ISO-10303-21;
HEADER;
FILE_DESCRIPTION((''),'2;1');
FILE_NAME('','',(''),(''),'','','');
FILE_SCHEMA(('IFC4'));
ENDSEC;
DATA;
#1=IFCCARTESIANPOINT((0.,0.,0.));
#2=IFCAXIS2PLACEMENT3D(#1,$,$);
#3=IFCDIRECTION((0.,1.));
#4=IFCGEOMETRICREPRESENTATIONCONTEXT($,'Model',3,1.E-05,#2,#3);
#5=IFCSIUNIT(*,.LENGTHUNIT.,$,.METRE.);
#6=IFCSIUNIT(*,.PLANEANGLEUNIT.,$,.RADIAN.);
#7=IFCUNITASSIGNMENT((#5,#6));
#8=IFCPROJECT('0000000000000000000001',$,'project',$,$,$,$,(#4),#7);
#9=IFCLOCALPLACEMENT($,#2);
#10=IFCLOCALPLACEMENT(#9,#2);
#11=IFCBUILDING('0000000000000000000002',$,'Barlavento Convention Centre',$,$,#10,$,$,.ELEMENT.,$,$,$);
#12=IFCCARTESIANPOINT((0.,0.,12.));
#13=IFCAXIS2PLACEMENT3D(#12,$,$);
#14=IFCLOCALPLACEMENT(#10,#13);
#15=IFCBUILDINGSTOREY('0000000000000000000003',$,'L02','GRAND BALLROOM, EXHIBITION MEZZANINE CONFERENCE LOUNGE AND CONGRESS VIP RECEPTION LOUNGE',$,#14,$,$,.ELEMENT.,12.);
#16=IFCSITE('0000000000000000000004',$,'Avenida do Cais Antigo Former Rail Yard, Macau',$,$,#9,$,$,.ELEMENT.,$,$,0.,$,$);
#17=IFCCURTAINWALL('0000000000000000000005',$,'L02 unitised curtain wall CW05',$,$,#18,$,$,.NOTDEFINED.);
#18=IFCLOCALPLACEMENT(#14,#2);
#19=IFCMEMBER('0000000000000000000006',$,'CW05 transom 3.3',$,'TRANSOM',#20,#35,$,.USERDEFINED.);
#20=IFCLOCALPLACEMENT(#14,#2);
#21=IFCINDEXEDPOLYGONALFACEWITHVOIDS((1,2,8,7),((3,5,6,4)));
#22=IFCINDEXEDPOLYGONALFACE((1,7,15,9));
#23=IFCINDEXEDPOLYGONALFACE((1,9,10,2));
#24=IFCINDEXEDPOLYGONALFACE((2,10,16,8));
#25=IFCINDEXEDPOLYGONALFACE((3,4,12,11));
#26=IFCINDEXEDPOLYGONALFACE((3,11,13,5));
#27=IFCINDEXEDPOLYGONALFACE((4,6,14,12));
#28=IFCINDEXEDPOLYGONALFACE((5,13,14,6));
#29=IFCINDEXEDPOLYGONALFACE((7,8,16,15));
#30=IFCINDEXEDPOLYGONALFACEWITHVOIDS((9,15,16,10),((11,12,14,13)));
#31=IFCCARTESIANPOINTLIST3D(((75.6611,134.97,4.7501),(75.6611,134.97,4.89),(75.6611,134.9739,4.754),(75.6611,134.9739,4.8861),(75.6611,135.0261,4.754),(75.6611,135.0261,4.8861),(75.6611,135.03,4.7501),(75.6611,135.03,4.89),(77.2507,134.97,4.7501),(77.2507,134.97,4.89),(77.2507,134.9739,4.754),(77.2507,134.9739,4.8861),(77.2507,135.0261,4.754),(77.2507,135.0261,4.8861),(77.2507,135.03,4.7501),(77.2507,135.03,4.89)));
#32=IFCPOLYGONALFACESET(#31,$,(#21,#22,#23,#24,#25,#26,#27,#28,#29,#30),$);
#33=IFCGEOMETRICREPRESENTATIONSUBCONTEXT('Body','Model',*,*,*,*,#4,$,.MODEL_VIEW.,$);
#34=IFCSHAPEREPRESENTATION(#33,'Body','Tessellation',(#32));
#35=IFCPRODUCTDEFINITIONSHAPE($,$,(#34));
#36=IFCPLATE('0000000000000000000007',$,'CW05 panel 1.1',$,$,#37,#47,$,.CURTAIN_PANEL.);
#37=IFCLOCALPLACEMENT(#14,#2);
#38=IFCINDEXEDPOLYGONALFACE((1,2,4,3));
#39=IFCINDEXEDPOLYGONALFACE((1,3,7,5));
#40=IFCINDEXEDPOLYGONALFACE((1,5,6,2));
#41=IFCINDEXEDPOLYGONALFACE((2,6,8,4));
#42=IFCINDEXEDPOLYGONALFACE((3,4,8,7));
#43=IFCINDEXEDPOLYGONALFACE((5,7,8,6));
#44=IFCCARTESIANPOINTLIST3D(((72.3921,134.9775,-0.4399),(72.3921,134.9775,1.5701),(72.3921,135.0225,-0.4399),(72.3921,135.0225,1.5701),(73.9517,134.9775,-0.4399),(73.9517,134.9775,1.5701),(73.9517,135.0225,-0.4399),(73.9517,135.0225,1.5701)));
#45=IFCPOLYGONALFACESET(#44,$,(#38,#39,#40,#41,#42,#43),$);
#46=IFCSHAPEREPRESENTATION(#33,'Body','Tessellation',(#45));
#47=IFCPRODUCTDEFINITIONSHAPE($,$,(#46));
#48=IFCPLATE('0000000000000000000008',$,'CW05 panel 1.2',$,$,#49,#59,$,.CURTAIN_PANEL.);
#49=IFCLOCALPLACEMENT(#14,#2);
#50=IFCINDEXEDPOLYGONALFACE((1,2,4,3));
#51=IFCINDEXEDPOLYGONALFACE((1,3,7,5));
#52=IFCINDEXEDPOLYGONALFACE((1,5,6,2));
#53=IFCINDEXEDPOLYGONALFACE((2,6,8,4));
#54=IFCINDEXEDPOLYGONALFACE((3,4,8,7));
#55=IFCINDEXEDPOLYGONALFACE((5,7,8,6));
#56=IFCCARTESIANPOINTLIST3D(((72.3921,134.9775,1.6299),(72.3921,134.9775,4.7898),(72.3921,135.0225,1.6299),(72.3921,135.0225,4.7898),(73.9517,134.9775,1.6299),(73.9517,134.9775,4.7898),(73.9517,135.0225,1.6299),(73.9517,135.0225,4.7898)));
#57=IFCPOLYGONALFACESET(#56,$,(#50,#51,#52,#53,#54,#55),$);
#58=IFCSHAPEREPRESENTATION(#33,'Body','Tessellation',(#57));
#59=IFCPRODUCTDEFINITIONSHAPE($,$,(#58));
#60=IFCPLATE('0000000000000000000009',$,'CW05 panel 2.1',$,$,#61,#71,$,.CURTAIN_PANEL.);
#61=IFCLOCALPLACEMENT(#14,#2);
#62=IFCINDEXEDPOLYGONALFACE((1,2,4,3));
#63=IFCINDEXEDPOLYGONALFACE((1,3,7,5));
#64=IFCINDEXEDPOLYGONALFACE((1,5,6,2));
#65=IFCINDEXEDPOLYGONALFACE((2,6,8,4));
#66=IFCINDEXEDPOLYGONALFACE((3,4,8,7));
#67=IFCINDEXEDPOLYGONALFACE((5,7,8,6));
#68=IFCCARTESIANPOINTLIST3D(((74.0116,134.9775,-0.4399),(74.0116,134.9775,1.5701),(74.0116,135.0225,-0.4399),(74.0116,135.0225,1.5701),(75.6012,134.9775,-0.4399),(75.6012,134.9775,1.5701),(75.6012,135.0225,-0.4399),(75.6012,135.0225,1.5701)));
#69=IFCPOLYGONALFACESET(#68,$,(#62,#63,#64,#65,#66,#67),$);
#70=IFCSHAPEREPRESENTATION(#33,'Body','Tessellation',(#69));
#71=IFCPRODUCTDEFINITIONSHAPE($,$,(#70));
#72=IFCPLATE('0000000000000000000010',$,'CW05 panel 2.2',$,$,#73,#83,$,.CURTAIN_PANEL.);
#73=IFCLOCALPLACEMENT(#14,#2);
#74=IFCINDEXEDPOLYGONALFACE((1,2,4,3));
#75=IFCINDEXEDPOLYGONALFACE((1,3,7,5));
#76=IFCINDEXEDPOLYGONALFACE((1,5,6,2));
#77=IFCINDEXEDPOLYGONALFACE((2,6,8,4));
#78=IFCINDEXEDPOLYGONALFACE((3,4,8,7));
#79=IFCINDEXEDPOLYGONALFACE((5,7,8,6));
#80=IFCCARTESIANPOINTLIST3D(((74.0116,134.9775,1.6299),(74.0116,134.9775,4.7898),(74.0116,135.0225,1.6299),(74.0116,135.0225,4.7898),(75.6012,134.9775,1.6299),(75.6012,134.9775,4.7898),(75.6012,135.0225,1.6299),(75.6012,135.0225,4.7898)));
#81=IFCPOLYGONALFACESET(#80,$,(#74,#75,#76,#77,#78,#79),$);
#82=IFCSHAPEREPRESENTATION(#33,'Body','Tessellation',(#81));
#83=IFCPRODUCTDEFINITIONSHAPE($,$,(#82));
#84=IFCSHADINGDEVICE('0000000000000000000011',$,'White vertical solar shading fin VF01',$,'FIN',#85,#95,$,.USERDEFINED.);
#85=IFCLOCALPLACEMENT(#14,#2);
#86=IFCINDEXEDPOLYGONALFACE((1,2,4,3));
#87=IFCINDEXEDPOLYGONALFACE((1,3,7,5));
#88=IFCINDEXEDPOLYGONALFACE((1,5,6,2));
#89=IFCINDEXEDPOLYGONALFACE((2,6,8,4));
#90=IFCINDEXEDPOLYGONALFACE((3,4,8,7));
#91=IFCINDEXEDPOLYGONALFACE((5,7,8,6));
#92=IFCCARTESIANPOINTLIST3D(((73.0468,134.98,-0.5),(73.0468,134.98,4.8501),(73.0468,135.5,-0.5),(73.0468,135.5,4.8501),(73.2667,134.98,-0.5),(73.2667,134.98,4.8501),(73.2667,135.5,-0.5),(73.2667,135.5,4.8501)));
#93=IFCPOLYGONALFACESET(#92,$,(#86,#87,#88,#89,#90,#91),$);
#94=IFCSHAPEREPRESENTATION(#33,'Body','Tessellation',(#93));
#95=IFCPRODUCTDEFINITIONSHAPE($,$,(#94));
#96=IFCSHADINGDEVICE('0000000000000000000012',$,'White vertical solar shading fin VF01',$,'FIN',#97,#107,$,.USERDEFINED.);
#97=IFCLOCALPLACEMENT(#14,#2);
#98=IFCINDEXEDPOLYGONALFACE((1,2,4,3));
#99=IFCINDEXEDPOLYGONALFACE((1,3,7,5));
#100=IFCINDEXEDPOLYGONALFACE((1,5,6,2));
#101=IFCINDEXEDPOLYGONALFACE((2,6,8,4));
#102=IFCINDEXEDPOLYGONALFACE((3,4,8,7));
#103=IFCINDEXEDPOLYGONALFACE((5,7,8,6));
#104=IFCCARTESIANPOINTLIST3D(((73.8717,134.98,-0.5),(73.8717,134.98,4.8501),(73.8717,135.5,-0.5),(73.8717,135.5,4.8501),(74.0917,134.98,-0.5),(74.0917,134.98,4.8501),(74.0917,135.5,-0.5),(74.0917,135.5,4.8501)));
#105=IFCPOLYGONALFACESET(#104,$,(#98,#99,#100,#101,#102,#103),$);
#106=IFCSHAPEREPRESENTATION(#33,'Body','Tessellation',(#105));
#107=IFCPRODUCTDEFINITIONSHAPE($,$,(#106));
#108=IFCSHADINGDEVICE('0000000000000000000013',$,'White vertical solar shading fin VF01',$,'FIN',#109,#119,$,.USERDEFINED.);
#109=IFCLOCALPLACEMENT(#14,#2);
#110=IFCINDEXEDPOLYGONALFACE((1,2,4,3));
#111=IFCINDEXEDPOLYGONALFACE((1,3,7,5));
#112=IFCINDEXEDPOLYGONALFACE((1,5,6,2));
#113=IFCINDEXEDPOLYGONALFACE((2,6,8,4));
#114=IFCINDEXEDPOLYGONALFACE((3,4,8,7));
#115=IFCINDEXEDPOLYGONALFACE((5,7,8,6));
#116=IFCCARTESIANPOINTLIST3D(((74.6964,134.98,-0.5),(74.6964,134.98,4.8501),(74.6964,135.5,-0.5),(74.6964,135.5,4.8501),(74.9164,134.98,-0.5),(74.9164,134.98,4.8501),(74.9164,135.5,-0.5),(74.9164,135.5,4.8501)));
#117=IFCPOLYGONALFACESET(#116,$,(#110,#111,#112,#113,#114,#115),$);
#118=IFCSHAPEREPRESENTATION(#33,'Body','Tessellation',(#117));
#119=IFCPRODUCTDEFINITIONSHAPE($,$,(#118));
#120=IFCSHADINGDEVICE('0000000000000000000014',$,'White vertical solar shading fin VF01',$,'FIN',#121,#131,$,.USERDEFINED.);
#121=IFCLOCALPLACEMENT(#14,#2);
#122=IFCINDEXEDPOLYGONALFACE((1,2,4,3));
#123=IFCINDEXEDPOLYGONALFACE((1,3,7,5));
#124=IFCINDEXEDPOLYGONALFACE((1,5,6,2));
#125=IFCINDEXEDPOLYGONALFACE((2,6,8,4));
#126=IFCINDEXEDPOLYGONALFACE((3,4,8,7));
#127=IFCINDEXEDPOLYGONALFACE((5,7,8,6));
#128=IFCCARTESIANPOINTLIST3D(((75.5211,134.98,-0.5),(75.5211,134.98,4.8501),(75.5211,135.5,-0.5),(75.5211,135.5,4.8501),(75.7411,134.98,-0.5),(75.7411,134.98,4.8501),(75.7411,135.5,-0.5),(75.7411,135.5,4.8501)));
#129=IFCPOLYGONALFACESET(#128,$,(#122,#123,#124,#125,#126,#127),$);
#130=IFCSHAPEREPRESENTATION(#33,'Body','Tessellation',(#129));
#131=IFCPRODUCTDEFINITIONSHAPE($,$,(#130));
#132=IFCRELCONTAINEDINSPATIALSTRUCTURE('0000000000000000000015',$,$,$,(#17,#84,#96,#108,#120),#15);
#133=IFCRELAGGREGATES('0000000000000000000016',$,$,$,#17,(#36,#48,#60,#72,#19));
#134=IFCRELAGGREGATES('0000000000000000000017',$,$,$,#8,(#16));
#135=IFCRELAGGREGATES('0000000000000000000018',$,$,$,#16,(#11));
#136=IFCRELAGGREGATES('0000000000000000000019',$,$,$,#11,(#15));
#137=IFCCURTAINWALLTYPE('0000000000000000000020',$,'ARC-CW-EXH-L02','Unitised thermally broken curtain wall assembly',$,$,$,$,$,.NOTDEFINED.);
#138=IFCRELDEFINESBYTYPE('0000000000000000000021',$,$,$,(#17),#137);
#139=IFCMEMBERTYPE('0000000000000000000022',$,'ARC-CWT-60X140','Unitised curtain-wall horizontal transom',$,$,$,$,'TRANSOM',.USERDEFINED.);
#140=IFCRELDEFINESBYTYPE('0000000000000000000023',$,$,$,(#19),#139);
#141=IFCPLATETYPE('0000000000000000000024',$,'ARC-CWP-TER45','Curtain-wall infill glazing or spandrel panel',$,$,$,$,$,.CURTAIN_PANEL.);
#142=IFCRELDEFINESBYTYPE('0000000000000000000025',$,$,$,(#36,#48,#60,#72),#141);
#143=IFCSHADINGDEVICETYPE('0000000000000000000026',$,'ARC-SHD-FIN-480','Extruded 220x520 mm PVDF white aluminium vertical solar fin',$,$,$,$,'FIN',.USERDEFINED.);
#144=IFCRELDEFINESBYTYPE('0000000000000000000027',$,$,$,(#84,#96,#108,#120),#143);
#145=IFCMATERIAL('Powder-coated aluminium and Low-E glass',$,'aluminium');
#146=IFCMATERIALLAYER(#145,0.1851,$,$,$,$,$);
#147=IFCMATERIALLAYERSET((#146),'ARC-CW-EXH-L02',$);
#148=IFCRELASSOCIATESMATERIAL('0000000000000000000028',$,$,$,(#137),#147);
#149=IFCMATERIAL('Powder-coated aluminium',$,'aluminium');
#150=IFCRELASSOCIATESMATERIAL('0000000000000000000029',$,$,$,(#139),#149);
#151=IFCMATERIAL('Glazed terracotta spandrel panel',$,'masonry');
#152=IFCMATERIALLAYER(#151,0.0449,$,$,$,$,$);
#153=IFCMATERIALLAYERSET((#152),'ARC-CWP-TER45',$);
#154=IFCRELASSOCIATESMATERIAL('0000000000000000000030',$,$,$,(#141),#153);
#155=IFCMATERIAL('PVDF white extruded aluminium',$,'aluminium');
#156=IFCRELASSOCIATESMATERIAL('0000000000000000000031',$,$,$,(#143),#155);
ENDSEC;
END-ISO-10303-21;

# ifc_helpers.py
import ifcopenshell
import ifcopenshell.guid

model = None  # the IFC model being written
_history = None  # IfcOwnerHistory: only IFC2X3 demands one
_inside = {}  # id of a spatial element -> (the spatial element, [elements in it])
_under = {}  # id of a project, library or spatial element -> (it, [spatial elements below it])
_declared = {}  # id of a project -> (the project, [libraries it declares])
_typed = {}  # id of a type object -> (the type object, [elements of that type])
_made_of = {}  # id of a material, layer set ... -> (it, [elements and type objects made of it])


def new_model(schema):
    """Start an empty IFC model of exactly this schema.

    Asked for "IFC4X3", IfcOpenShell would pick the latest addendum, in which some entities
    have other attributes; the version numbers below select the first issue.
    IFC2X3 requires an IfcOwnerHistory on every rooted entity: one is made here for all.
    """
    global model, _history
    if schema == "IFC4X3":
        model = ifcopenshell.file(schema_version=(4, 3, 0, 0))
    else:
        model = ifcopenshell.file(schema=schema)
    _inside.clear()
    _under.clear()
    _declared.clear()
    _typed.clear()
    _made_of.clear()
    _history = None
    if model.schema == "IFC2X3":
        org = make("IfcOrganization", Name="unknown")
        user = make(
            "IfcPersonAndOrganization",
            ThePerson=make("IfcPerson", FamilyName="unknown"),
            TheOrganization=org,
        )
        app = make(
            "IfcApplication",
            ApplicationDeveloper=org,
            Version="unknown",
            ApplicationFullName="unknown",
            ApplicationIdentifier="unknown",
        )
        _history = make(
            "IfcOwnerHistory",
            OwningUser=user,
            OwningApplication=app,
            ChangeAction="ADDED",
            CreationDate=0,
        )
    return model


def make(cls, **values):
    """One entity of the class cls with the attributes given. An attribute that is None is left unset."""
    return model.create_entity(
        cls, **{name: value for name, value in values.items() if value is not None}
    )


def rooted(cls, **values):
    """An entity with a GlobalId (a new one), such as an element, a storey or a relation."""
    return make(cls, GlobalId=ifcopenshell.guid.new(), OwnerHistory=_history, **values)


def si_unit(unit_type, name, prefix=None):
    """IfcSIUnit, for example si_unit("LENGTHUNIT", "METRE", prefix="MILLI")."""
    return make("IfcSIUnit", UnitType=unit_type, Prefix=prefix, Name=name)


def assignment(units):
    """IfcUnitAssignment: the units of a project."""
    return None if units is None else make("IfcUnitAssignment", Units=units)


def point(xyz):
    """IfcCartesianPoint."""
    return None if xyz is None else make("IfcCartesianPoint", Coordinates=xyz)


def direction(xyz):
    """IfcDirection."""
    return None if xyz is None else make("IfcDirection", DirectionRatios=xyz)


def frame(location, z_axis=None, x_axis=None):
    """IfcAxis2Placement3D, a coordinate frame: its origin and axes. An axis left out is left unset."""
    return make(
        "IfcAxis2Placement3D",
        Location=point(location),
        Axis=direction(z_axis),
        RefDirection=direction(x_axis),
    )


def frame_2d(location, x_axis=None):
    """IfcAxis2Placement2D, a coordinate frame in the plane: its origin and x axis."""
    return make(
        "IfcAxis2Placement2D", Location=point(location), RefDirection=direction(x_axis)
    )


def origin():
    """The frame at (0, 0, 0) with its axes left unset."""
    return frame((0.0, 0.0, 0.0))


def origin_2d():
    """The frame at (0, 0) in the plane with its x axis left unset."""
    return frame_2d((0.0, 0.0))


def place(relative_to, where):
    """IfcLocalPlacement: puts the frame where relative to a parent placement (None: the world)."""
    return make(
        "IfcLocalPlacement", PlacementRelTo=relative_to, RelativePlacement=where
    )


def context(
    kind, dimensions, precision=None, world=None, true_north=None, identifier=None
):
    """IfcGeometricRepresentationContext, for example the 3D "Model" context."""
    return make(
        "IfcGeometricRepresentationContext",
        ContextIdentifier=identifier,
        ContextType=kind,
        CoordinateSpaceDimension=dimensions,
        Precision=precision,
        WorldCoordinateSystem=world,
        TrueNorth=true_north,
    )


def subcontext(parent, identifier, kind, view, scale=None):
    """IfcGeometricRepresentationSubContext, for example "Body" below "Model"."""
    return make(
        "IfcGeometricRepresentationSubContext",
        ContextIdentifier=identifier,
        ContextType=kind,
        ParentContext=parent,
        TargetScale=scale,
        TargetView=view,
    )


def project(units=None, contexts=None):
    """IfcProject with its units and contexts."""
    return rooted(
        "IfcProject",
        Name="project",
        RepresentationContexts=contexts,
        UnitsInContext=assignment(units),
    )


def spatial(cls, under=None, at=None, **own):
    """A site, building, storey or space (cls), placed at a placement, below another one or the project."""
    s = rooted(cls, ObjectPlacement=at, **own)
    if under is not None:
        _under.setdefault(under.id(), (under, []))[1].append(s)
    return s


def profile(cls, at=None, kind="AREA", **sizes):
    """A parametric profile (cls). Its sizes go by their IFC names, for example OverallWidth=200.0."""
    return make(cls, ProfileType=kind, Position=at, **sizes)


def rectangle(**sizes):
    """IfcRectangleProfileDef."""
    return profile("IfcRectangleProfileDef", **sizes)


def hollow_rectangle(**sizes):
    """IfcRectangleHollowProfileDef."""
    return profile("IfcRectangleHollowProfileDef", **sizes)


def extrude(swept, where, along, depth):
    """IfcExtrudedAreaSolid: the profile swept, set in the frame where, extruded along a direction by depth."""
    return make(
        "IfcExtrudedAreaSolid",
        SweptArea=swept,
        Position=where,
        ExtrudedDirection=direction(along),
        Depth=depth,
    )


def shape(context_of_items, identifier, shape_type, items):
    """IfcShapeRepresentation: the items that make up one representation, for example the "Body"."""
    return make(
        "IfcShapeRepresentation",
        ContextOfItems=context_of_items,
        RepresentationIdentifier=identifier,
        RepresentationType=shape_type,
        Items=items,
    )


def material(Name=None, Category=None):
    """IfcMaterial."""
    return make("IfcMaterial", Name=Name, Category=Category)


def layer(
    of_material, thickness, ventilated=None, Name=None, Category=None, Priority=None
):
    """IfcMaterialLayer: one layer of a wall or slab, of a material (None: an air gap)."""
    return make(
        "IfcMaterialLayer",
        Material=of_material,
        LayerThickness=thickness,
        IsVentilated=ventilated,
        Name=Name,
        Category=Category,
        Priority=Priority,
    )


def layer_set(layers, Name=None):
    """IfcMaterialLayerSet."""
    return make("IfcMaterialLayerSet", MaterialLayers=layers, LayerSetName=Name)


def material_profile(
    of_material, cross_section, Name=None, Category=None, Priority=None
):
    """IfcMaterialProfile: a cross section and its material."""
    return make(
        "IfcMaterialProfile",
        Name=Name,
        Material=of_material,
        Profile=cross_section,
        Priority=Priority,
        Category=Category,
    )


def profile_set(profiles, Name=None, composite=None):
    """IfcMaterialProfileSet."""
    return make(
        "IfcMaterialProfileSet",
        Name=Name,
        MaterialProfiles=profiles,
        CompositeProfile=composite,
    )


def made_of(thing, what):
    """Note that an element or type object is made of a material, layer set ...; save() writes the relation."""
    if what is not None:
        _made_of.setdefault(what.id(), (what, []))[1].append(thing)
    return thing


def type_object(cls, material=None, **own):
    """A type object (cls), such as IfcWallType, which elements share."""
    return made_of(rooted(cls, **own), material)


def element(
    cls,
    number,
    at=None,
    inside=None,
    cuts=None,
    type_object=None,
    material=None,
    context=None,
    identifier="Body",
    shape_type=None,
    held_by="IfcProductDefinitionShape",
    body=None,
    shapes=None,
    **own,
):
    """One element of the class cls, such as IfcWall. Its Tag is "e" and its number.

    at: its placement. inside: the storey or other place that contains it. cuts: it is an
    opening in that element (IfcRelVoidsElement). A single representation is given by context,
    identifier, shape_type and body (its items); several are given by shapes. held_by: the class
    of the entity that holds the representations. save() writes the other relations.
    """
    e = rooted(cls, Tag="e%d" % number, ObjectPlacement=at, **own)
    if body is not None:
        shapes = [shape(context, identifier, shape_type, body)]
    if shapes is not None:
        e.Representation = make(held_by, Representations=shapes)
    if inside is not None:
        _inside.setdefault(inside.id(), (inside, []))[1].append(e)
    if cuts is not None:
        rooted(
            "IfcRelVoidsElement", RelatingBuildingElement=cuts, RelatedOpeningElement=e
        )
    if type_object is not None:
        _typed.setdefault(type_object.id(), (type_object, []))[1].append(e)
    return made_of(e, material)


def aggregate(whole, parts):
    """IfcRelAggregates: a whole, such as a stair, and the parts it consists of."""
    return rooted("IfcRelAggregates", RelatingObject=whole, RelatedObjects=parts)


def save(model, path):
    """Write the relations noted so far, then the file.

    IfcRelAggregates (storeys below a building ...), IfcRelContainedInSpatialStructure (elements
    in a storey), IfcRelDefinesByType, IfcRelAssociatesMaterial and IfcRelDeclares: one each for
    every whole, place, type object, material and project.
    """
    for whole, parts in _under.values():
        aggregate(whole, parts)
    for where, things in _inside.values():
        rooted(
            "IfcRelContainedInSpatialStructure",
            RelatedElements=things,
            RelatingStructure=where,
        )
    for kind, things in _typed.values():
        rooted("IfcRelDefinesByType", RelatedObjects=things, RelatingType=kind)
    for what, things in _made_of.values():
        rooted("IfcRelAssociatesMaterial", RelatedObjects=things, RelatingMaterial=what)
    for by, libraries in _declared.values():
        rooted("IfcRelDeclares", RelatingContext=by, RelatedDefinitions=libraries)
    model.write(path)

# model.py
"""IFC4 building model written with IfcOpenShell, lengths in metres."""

from ifc_helpers import new_model, si_unit, direction, frame, origin, origin_2d, place, context, subcontext, project, spatial, rectangle, hollow_rectangle, extrude, material, layer, layer_set, material_profile, profile_set, type_object, element, aggregate, save


model = new_model("IFC4")

# Units and contexts
model_context = context("Model", 3, precision=1e-05, world=origin(), true_north=direction((0.0, 1.0)))
body_context = subcontext(model_context, "Body", "Model", "MODEL_VIEW")
ifc_project = project(units=[si_unit("LENGTHUNIT", "METRE"), si_unit("PLANEANGLEUNIT", "RADIAN")], contexts=[model_context])

# Site, building, storey
site_placement = place(None, origin())
site = spatial("IfcSite", under=ifc_project, at=site_placement, Name="Avenida do Cais Antigo Former Rail Yard, Macau", CompositionType="ELEMENT", RefElevation=0.0)
building_placement = place(site_placement, origin())
building = spatial("IfcBuilding", under=site, at=building_placement, Name="Barlavento Convention Centre", CompositionType="ELEMENT")
storey_placement = place(building_placement, frame((0.0, 0.0, 12.0)))
storey = spatial("IfcBuildingStorey", under=building, at=storey_placement, Name="L02", Description="GRAND BALLROOM, EXHIBITION MEZZANINE CONFERENCE LOUNGE AND CONGRESS VIP RECEPTION LOUNGE", CompositionType="ELEMENT", Elevation=12.0)

# Curtain wall, member, plates
ifc_material_1 = material(Name="Powder-coated aluminium and Low-E glass", Category="aluminium")
ifc_layer_1 = layer(ifc_material_1, 0.1851)
ifc_layer_set_1 = layer_set([ifc_layer_1], Name="ARC-CW-EXH-L02")
curtain_wall_type = type_object("IfcCurtainWallType", Name="ARC-CW-EXH-L02", Description="Unitised thermally broken curtain wall assembly", PredefinedType="NOTDEFINED", material=ifc_layer_set_1)
curtain_wall_placement = place(storey_placement, origin())
curtain_wall = element("IfcCurtainWall", 1, at=curtain_wall_placement, inside=storey, type_object=curtain_wall_type, Name="L02 unitised curtain wall CW05", PredefinedType="NOTDEFINED")
ifc_material_2 = material(Name="Powder-coated aluminium", Category="aluminium")
ifc_material_profile_1 = material_profile(ifc_material_2, hollow_rectangle(XDim=0.0601, YDim=0.1399, WallThickness=0.0039, at=origin_2d()), Name="AL-TRAN 60x140x4")
ifc_profile_set_1 = profile_set([ifc_material_profile_1], Name="Powder-coated aluminium")
member_type_1 = type_object("IfcMemberType", Name="ARC-CWT-60X140", Description="Unitised curtain-wall horizontal transom", ElementType="TRANSOM", PredefinedType="USERDEFINED", material=ifc_profile_set_1)
member_1_placement = place(storey_placement, frame((75.6611, 135.0, 4.8201), z_axis=(1.0, 0.0, 0.0), x_axis=(0.0, 1.0, 0.0)))
member_1 = element("IfcMember", 2, at=member_1_placement, type_object=member_type_1, Name="CW05 transom 3.3", ObjectType="TRANSOM", PredefinedType="USERDEFINED", context=body_context, shape_type="SweptSolid", body=[
    extrude(hollow_rectangle(XDim=0.0601, YDim=0.1399, WallThickness=0.0039, at=origin_2d()), origin(), (0.0, 0.0, 1.0), 1.5896),
])
ifc_material_3 = material(Name="Glazed terracotta spandrel panel", Category="masonry")
ifc_layer_2 = layer(ifc_material_3, 0.0449)
ifc_layer_set_2 = layer_set([ifc_layer_2], Name="ARC-CWP-TER45")
plate_type = type_object("IfcPlateType", Name="ARC-CWP-TER45", Description="Curtain-wall infill glazing or spandrel panel", PredefinedType="CURTAIN_PANEL", material=ifc_layer_set_2)
plate_1_placement = place(storey_placement, frame((73.1719, 135.0, -0.4399), z_axis=(0.0, 0.0, 1.0), x_axis=(1.0, 0.0, 0.0)))
plate_1 = element("IfcPlate", 3, at=plate_1_placement, type_object=plate_type, Name="CW05 panel 1.1", PredefinedType="CURTAIN_PANEL", context=body_context, shape_type="SweptSolid", body=[
    extrude(rectangle(XDim=1.5596, YDim=0.0449, at=origin_2d()), origin(), (0.0, 0.0, 1.0), 2.01),
])
plate_2_placement = place(storey_placement, frame((73.1719, 135.0, 1.6299), z_axis=(0.0, 0.0, 1.0), x_axis=(1.0, 0.0, 0.0)))
plate_2 = element("IfcPlate", 4, at=plate_2_placement, type_object=plate_type, Name="CW05 panel 1.2", PredefinedType="CURTAIN_PANEL", context=body_context, shape_type="SweptSolid", body=[
    extrude(rectangle(XDim=1.5596, YDim=0.0449, at=origin_2d()), origin(), (0.0, 0.0, 1.0), 3.1599),
])
plate_3_placement = place(storey_placement, frame((74.8064, 135.0, -0.4399), z_axis=(0.0, 0.0, 1.0), x_axis=(1.0, 0.0, 0.0)))
plate_3 = element("IfcPlate", 5, at=plate_3_placement, type_object=plate_type, Name="CW05 panel 2.1", PredefinedType="CURTAIN_PANEL", context=body_context, shape_type="SweptSolid", body=[
    extrude(rectangle(XDim=1.5896, YDim=0.0449, at=origin_2d()), origin(), (0.0, 0.0, 1.0), 2.01),
])
plate_4_placement = place(storey_placement, frame((74.8064, 135.0, 1.6299), z_axis=(0.0, 0.0, 1.0), x_axis=(1.0, 0.0, 0.0)))
plate_4 = element("IfcPlate", 6, at=plate_4_placement, type_object=plate_type, Name="CW05 panel 2.2", PredefinedType="CURTAIN_PANEL", context=body_context, shape_type="SweptSolid", body=[
    extrude(rectangle(XDim=1.5896, YDim=0.0449, at=origin_2d()), origin(), (0.0, 0.0, 1.0), 3.1599),
])
aggregate(curtain_wall, [plate_1, plate_2, plate_3, plate_4, member_1])

# Shading devices
ifc_material_4 = material(Name="PVDF white extruded aluminium", Category="aluminium")
shading_device_type = type_object("IfcShadingDeviceType", Name="ARC-SHD-FIN-480", Description="Extruded 220x520 mm PVDF white aluminium vertical solar fin", ElementType="FIN", PredefinedType="USERDEFINED", material=ifc_material_4)
for number, where, z_axis, x_axis, name in (
    (7, (73.1567, 135.24, -0.5), (0.0, 0.0, 1.0), (1.0, 0.0, 0.0), "White vertical solar shading fin VF01"),
    (8, (73.9817, 135.24, -0.5), (0.0, 0.0, 1.0), (1.0, 0.0, 0.0), "White vertical solar shading fin VF01"),
    (9, (74.8064, 135.24, -0.5), (0.0, 0.0, 1.0), (1.0, 0.0, 0.0), "White vertical solar shading fin VF01"),
    (10, (75.6311, 135.24, -0.5), (0.0, 0.0, 1.0), (1.0, 0.0, 0.0), "White vertical solar shading fin VF01"),
):
    element("IfcShadingDevice", number, at=place(storey_placement, frame(where, z_axis=z_axis, x_axis=x_axis)), inside=storey, type_object=shading_device_type, Name=name, ObjectType="FIN", PredefinedType="USERDEFINED", context=body_context, shape_type="SweptSolid", body=[
        extrude(rectangle(XDim=0.22, YDim=0.52, at=origin_2d()), origin(), (0.0, 0.0, 1.0), 5.3501),
    ])

save(model, "model.ifc")
